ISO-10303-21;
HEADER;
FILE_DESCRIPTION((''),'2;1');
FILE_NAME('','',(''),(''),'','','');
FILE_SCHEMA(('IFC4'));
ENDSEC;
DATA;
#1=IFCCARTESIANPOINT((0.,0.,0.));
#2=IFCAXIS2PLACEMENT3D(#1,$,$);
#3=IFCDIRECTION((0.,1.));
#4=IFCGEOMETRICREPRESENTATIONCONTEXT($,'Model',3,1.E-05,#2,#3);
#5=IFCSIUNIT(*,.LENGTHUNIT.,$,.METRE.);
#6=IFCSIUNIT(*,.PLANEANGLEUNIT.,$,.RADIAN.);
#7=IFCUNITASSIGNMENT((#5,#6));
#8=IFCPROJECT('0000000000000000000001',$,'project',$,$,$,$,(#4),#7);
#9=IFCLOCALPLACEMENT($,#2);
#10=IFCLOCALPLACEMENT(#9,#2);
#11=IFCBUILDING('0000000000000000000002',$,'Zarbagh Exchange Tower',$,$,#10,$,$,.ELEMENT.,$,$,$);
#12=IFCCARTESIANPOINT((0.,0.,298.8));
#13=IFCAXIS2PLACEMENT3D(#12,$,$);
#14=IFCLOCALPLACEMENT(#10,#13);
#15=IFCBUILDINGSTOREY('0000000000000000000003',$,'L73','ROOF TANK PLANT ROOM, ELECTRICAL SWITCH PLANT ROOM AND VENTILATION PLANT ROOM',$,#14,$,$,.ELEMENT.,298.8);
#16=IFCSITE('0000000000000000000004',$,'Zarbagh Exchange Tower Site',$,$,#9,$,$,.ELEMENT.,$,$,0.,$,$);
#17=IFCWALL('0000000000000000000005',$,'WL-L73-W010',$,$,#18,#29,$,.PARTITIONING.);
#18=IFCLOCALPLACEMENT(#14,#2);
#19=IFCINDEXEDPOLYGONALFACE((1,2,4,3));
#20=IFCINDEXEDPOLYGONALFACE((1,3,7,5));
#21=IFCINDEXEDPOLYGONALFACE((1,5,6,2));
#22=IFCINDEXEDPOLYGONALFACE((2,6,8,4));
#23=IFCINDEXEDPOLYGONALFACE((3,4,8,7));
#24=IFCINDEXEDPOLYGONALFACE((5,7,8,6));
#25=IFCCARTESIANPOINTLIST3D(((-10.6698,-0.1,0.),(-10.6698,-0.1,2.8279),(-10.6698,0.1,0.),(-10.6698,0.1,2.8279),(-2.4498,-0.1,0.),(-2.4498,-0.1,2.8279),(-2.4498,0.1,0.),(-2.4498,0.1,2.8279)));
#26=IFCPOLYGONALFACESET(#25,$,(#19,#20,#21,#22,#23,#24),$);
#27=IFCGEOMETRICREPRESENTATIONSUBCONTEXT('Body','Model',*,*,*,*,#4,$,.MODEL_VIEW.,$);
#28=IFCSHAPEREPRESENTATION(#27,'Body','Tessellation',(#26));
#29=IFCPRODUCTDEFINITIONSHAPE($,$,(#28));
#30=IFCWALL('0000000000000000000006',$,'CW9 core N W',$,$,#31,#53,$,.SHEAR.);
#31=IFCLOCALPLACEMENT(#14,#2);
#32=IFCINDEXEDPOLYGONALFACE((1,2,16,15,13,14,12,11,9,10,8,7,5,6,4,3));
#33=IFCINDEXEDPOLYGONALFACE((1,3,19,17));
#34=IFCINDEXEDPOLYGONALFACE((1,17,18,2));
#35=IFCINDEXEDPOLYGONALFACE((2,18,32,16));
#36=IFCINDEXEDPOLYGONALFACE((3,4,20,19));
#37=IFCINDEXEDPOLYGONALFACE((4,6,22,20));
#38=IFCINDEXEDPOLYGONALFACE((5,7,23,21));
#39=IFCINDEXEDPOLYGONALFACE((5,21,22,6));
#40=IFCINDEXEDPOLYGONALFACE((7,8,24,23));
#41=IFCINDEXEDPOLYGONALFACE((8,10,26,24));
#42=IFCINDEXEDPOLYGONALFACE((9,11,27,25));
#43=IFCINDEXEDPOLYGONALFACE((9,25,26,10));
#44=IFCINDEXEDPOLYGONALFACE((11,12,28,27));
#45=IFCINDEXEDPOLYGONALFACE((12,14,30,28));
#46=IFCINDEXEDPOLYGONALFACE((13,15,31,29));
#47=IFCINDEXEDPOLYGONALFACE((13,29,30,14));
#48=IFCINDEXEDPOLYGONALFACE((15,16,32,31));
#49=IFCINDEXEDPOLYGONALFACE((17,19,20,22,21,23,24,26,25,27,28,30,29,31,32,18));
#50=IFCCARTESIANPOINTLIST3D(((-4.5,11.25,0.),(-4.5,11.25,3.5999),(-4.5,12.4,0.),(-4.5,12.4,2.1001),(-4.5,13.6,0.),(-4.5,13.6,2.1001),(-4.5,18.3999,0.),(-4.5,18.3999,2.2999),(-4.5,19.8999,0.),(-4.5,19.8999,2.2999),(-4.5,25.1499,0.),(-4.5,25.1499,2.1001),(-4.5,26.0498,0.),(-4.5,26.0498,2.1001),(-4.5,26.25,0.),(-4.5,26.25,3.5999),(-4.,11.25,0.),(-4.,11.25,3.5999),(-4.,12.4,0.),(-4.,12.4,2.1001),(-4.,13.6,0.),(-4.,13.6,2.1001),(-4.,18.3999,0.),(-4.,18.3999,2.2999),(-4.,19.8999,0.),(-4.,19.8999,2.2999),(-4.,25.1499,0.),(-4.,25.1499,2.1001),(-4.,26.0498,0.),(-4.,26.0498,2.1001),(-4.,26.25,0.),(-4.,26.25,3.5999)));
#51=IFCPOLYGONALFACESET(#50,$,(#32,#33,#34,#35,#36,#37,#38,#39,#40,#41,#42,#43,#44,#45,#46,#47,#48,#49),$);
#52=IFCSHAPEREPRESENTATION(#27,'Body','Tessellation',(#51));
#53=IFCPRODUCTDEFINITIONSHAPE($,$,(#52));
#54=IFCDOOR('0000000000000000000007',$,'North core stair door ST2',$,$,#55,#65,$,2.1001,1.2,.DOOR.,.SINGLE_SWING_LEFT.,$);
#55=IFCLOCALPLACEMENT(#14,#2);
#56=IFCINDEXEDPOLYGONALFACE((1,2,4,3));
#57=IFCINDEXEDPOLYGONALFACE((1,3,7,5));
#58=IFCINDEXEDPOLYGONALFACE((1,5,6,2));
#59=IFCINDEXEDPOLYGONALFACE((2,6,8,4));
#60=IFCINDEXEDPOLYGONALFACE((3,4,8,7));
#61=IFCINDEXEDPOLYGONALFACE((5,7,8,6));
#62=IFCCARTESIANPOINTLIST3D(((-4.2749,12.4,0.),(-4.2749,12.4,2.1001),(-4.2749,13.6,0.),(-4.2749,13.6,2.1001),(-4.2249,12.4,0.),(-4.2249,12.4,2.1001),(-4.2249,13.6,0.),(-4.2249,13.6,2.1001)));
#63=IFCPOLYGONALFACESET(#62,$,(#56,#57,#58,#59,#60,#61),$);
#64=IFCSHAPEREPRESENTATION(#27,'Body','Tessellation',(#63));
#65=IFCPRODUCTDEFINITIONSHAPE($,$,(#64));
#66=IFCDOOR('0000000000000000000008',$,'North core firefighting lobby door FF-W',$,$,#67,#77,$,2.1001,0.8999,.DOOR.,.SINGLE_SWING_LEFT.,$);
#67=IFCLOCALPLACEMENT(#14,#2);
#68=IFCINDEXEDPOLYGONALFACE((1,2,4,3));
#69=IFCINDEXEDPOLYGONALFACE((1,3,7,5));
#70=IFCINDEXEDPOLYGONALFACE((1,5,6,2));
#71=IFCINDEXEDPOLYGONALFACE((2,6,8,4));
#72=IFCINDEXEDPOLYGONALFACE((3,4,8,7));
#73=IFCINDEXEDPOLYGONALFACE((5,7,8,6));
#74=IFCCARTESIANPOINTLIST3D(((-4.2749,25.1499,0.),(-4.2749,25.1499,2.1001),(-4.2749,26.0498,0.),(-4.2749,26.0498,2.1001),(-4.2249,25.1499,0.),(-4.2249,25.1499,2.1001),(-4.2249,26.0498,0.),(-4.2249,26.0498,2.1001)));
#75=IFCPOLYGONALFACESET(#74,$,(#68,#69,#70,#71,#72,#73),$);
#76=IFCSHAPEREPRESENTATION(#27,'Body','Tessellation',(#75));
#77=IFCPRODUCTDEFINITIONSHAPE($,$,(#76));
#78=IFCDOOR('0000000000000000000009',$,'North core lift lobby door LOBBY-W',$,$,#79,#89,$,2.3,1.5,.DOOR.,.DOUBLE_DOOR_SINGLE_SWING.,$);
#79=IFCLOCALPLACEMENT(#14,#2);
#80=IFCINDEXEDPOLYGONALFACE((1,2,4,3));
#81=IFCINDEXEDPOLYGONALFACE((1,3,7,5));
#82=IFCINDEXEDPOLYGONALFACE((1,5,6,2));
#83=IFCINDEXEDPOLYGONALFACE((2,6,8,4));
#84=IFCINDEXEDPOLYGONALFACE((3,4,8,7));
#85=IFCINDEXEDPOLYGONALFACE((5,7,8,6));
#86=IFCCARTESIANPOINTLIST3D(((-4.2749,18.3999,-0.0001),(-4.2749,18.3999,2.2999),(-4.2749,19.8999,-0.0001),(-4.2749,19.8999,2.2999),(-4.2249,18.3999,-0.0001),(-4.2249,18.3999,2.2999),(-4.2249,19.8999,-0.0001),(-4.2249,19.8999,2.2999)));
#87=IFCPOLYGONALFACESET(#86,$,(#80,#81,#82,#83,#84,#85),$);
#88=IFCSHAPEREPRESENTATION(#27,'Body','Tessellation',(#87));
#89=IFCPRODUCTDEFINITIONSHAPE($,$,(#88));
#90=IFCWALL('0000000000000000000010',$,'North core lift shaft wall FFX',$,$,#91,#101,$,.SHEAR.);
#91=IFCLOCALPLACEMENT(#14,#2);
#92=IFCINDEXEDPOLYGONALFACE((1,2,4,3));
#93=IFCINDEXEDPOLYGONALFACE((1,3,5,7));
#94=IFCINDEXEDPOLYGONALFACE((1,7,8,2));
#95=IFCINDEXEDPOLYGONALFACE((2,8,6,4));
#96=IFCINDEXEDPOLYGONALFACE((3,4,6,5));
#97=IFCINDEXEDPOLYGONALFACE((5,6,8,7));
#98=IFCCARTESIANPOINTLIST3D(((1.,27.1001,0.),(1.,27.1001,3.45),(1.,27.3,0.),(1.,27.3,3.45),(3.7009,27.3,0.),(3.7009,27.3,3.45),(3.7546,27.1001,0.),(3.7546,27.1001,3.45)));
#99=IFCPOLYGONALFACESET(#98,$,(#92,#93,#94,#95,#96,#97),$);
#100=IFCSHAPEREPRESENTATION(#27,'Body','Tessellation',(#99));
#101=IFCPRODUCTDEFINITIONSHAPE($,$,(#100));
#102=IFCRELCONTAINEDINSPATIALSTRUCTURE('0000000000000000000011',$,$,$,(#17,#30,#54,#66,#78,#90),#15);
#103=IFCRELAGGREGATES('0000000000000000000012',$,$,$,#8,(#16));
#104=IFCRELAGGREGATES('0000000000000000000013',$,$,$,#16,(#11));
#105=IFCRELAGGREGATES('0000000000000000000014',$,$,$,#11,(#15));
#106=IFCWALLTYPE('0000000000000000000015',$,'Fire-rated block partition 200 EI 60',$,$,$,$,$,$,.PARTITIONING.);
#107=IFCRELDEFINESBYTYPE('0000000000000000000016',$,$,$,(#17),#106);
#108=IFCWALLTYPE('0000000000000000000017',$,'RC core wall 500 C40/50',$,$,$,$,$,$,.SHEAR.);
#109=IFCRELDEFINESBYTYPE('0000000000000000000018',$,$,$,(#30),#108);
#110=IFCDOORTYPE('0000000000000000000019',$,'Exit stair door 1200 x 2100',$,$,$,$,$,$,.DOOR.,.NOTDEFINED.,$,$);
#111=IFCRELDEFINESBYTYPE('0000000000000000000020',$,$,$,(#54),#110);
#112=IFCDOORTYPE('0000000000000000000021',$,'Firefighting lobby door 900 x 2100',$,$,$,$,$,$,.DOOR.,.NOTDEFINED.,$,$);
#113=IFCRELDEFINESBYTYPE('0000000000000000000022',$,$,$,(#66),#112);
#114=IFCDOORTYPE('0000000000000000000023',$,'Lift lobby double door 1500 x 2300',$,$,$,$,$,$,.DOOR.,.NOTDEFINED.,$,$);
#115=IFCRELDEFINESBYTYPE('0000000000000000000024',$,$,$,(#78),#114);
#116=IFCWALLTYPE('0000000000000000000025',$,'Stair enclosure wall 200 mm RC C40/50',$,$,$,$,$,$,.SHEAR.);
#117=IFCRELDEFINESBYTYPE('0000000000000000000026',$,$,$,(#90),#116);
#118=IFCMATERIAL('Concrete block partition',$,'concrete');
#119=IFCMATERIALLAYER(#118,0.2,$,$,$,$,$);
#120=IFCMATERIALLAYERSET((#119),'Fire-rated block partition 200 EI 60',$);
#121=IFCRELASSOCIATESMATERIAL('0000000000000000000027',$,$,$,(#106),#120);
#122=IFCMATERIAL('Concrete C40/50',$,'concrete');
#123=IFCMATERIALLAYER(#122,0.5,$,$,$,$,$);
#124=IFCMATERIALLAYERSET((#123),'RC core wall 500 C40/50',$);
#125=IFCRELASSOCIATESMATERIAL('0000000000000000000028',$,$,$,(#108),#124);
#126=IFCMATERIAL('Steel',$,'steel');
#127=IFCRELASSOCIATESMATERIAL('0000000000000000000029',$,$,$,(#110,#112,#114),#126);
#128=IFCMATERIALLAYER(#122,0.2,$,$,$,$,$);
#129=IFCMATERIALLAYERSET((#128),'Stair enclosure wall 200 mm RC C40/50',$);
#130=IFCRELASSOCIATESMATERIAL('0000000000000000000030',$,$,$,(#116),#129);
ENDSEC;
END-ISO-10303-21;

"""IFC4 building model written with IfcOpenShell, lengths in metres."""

from ifc_helpers import new_model, si_unit, direction, frame, frame_2d, origin, place, context, subcontext, project, spatial, polyline, rectangle, outline, extrude, material, layer, layer_set, type_object, element, fill, save


model = new_model("IFC4")

# Units and contexts
model_context = context("Model", 3, precision=1e-05, world=origin(), true_north=direction((0.0, 1.0)))
body_context = subcontext(model_context, "Body", "Model", "MODEL_VIEW")
ifc_project = project(units=[si_unit("LENGTHUNIT", "METRE"), si_unit("PLANEANGLEUNIT", "RADIAN")], contexts=[model_context])

# Site, building, storey
site_placement = place(None, origin())
site = spatial("IfcSite", under=ifc_project, at=site_placement, Name="Zarbagh Exchange Tower Site", CompositionType="ELEMENT", RefElevation=0.0)
building_placement = place(site_placement, origin())
building = spatial("IfcBuilding", under=site, at=building_placement, Name="Zarbagh Exchange Tower", CompositionType="ELEMENT")
storey_placement = place(building_placement, frame((0.0, 0.0, 298.8)))
storey = spatial("IfcBuildingStorey", under=building, at=storey_placement, Name="L73", Description="ROOF TANK PLANT ROOM, ELECTRICAL SWITCH PLANT ROOM AND VENTILATION PLANT ROOM", CompositionType="ELEMENT", Elevation=298.8)

# Shared definitions
ifc_material_1 = material(Name="Concrete C40/50", Category="concrete")

# Shared definitions
ifc_material_2 = material(Name="Concrete block partition", Category="concrete")
ifc_layer_1 = layer(ifc_material_2, 0.2)
ifc_layer_set_1 = layer_set([ifc_layer_1], Name="Fire-rated block partition 200 EI 60")
wall_type_1 = type_object("IfcWallType", Name="Fire-rated block partition 200 EI 60", PredefinedType="PARTITIONING", material=ifc_layer_set_1)

# Wall
wall_1_placement = place(storey_placement, frame((-2.45, 0.0, 0.0), z_axis=(0.0, 0.0, 1.0), x_axis=(-1.0, 0.0, 0.0)))
element("IfcWall", 1, at=wall_1_placement, inside=storey, type_object=wall_type_1, Name="WL-L73-W010", PredefinedType="PARTITIONING", context=body_context, shape_type="SweptSolid", body=[
    extrude(rectangle(XDim=8.22, YDim=0.2, at=frame_2d((4.1099, 0.0))), origin(), (0.0, 0.0, 1.0), 2.8279),
])

# Wall, openings, doors
ifc_layer_2 = layer(ifc_material_1, 0.5)
ifc_layer_set_2 = layer_set([ifc_layer_2], Name="RC core wall 500 C40/50")
wall_type_2 = type_object("IfcWallType", Name="RC core wall 500 C40/50", PredefinedType="SHEAR", material=ifc_layer_set_2)
wall_2_placement = place(storey_placement, frame((-4.25, 11.25, 0.0), z_axis=(0.0, 0.0, 1.0), x_axis=(0.0, 1.0, 0.0)))
wall_2 = element("IfcWall", 2, at=wall_2_placement, inside=storey, type_object=wall_type_2, Name="CW9 core N W", PredefinedType="SHEAR", context=body_context, shape_type="SweptSolid", body=[
    extrude(rectangle(XDim=15.0, YDim=0.5, at=frame_2d((7.5, 0.0))), origin(), (0.0, 0.0, 1.0), 3.5999),
])
opening_1_placement = place(wall_2_placement, frame((7.1499, 0.0, 0.0)))
opening_1 = element("IfcOpeningElement", 3, at=opening_1_placement, cuts=wall_2, PredefinedType="OPENING", context=body_context, shape_type="SweptSolid", body=[
    extrude(rectangle(XDim=1.5, YDim=2.3, at=frame_2d((0.75, 1.1499))), frame((0.0, 0.26, 0.0), z_axis=(0.0, -1.0, 0.0), x_axis=(1.0, 0.0, 0.0)), (0.0, 0.0, 1.0), 0.52),
])
opening_2_placement = place(wall_2_placement, frame((13.8999, 0.0, 0.0)))
opening_2 = element("IfcOpeningElement", 4, at=opening_2_placement, cuts=wall_2, PredefinedType="OPENING", context=body_context, shape_type="SweptSolid", body=[
    extrude(rectangle(XDim=0.8999, YDim=2.1001, at=frame_2d((0.45, 1.05))), frame((0.0, 0.26, 0.0), z_axis=(0.0, -1.0, 0.0), x_axis=(1.0, 0.0, 0.0)), (0.0, 0.0, 1.0), 0.52),
])
opening_3_placement = place(wall_2_placement, frame((1.1499, 0.0, 0.0)))
opening_3 = element("IfcOpeningElement", 5, at=opening_3_placement, cuts=wall_2, PredefinedType="OPENING", context=body_context, shape_type="SweptSolid", body=[
    extrude(rectangle(XDim=1.2, YDim=2.1001, at=frame_2d((0.6001, 1.05))), frame((0.0, 0.26, 0.0), z_axis=(0.0, -1.0, 0.0), x_axis=(1.0, 0.0, 0.0)), (0.0, 0.0, 1.0), 0.52),
])
ifc_material_3 = material(Name="Steel", Category="steel")
door_type_1 = type_object("IfcDoorType", Name="Exit stair door 1200 x 2100", OperationType="NOTDEFINED", PredefinedType="DOOR", material=ifc_material_3)
door_1_placement = place(opening_3_placement, origin())
door_1 = element("IfcDoor", 6, at=door_1_placement, inside=storey, type_object=door_type_1, Name="North core stair door ST2", OperationType="SINGLE_SWING_LEFT", OverallHeight=2.1001, OverallWidth=1.2, PredefinedType="DOOR", context=body_context, shape_type="SweptSolid", body=[
    extrude(rectangle(XDim=1.2, YDim=2.1001, at=frame_2d((0.6001, 1.05))), frame((0.0, 0.0249, 0.0), z_axis=(0.0, -1.0, 0.0), x_axis=(1.0, 0.0, 0.0)), (0.0, 0.0, 1.0), 0.05),
])
fill(opening_3, door_1)
door_type_2 = type_object("IfcDoorType", Name="Firefighting lobby door 900 x 2100", OperationType="NOTDEFINED", PredefinedType="DOOR", material=ifc_material_3)
door_2_placement = place(opening_2_placement, origin())
door_2 = element("IfcDoor", 7, at=door_2_placement, inside=storey, type_object=door_type_2, Name="North core firefighting lobby door FF-W", OperationType="SINGLE_SWING_LEFT", OverallHeight=2.1001, OverallWidth=0.8999, PredefinedType="DOOR", context=body_context, shape_type="SweptSolid", body=[
    extrude(rectangle(XDim=0.8999, YDim=2.1001, at=frame_2d((0.45, 1.05))), frame((0.0, 0.0249, 0.0), z_axis=(0.0, -1.0, 0.0), x_axis=(1.0, 0.0, 0.0)), (0.0, 0.0, 1.0), 0.05),
])
fill(opening_2, door_2)
door_type_3 = type_object("IfcDoorType", Name="Lift lobby double door 1500 x 2300", OperationType="NOTDEFINED", PredefinedType="DOOR", material=ifc_material_3)
door_3_placement = place(opening_1_placement, origin())
door_3 = element("IfcDoor", 8, at=door_3_placement, inside=storey, type_object=door_type_3, Name="North core lift lobby door LOBBY-W", OperationType="DOUBLE_DOOR_SINGLE_SWING", OverallHeight=2.3, OverallWidth=1.5, PredefinedType="DOOR", context=body_context, shape_type="SweptSolid", body=[
    extrude(rectangle(XDim=1.5, YDim=2.3, at=frame_2d((0.75, 1.1499))), frame((0.0, 0.0249, 0.0), z_axis=(0.0, -1.0, 0.0), x_axis=(1.0, 0.0, 0.0)), (0.0, 0.0, 1.0), 0.05),
])
fill(opening_1, door_3)

# Wall
ifc_layer_3 = layer(ifc_material_1, 0.2)
ifc_layer_set_3 = layer_set([ifc_layer_3], Name="Stair enclosure wall 200 mm RC C40/50")
wall_type_3 = type_object("IfcWallType", Name="Stair enclosure wall 200 mm RC C40/50", PredefinedType="SHEAR", material=ifc_layer_set_3)
wall_3_placement = place(storey_placement, origin())
element("IfcWall", 9, at=wall_3_placement, inside=storey, type_object=wall_type_3, Name="North core lift shaft wall FFX", PredefinedType="SHEAR", context=body_context, shape_type="SweptSolid", body=[
    extrude(outline(polyline([(1.0, 27.1001), (3.7546, 27.1001), (3.7009, 27.3), (1.0, 27.3), (1.0, 27.1001)])), origin(), (0.0, 0.0, 1.0), 3.45),
])

save(model, "model.ifc")
